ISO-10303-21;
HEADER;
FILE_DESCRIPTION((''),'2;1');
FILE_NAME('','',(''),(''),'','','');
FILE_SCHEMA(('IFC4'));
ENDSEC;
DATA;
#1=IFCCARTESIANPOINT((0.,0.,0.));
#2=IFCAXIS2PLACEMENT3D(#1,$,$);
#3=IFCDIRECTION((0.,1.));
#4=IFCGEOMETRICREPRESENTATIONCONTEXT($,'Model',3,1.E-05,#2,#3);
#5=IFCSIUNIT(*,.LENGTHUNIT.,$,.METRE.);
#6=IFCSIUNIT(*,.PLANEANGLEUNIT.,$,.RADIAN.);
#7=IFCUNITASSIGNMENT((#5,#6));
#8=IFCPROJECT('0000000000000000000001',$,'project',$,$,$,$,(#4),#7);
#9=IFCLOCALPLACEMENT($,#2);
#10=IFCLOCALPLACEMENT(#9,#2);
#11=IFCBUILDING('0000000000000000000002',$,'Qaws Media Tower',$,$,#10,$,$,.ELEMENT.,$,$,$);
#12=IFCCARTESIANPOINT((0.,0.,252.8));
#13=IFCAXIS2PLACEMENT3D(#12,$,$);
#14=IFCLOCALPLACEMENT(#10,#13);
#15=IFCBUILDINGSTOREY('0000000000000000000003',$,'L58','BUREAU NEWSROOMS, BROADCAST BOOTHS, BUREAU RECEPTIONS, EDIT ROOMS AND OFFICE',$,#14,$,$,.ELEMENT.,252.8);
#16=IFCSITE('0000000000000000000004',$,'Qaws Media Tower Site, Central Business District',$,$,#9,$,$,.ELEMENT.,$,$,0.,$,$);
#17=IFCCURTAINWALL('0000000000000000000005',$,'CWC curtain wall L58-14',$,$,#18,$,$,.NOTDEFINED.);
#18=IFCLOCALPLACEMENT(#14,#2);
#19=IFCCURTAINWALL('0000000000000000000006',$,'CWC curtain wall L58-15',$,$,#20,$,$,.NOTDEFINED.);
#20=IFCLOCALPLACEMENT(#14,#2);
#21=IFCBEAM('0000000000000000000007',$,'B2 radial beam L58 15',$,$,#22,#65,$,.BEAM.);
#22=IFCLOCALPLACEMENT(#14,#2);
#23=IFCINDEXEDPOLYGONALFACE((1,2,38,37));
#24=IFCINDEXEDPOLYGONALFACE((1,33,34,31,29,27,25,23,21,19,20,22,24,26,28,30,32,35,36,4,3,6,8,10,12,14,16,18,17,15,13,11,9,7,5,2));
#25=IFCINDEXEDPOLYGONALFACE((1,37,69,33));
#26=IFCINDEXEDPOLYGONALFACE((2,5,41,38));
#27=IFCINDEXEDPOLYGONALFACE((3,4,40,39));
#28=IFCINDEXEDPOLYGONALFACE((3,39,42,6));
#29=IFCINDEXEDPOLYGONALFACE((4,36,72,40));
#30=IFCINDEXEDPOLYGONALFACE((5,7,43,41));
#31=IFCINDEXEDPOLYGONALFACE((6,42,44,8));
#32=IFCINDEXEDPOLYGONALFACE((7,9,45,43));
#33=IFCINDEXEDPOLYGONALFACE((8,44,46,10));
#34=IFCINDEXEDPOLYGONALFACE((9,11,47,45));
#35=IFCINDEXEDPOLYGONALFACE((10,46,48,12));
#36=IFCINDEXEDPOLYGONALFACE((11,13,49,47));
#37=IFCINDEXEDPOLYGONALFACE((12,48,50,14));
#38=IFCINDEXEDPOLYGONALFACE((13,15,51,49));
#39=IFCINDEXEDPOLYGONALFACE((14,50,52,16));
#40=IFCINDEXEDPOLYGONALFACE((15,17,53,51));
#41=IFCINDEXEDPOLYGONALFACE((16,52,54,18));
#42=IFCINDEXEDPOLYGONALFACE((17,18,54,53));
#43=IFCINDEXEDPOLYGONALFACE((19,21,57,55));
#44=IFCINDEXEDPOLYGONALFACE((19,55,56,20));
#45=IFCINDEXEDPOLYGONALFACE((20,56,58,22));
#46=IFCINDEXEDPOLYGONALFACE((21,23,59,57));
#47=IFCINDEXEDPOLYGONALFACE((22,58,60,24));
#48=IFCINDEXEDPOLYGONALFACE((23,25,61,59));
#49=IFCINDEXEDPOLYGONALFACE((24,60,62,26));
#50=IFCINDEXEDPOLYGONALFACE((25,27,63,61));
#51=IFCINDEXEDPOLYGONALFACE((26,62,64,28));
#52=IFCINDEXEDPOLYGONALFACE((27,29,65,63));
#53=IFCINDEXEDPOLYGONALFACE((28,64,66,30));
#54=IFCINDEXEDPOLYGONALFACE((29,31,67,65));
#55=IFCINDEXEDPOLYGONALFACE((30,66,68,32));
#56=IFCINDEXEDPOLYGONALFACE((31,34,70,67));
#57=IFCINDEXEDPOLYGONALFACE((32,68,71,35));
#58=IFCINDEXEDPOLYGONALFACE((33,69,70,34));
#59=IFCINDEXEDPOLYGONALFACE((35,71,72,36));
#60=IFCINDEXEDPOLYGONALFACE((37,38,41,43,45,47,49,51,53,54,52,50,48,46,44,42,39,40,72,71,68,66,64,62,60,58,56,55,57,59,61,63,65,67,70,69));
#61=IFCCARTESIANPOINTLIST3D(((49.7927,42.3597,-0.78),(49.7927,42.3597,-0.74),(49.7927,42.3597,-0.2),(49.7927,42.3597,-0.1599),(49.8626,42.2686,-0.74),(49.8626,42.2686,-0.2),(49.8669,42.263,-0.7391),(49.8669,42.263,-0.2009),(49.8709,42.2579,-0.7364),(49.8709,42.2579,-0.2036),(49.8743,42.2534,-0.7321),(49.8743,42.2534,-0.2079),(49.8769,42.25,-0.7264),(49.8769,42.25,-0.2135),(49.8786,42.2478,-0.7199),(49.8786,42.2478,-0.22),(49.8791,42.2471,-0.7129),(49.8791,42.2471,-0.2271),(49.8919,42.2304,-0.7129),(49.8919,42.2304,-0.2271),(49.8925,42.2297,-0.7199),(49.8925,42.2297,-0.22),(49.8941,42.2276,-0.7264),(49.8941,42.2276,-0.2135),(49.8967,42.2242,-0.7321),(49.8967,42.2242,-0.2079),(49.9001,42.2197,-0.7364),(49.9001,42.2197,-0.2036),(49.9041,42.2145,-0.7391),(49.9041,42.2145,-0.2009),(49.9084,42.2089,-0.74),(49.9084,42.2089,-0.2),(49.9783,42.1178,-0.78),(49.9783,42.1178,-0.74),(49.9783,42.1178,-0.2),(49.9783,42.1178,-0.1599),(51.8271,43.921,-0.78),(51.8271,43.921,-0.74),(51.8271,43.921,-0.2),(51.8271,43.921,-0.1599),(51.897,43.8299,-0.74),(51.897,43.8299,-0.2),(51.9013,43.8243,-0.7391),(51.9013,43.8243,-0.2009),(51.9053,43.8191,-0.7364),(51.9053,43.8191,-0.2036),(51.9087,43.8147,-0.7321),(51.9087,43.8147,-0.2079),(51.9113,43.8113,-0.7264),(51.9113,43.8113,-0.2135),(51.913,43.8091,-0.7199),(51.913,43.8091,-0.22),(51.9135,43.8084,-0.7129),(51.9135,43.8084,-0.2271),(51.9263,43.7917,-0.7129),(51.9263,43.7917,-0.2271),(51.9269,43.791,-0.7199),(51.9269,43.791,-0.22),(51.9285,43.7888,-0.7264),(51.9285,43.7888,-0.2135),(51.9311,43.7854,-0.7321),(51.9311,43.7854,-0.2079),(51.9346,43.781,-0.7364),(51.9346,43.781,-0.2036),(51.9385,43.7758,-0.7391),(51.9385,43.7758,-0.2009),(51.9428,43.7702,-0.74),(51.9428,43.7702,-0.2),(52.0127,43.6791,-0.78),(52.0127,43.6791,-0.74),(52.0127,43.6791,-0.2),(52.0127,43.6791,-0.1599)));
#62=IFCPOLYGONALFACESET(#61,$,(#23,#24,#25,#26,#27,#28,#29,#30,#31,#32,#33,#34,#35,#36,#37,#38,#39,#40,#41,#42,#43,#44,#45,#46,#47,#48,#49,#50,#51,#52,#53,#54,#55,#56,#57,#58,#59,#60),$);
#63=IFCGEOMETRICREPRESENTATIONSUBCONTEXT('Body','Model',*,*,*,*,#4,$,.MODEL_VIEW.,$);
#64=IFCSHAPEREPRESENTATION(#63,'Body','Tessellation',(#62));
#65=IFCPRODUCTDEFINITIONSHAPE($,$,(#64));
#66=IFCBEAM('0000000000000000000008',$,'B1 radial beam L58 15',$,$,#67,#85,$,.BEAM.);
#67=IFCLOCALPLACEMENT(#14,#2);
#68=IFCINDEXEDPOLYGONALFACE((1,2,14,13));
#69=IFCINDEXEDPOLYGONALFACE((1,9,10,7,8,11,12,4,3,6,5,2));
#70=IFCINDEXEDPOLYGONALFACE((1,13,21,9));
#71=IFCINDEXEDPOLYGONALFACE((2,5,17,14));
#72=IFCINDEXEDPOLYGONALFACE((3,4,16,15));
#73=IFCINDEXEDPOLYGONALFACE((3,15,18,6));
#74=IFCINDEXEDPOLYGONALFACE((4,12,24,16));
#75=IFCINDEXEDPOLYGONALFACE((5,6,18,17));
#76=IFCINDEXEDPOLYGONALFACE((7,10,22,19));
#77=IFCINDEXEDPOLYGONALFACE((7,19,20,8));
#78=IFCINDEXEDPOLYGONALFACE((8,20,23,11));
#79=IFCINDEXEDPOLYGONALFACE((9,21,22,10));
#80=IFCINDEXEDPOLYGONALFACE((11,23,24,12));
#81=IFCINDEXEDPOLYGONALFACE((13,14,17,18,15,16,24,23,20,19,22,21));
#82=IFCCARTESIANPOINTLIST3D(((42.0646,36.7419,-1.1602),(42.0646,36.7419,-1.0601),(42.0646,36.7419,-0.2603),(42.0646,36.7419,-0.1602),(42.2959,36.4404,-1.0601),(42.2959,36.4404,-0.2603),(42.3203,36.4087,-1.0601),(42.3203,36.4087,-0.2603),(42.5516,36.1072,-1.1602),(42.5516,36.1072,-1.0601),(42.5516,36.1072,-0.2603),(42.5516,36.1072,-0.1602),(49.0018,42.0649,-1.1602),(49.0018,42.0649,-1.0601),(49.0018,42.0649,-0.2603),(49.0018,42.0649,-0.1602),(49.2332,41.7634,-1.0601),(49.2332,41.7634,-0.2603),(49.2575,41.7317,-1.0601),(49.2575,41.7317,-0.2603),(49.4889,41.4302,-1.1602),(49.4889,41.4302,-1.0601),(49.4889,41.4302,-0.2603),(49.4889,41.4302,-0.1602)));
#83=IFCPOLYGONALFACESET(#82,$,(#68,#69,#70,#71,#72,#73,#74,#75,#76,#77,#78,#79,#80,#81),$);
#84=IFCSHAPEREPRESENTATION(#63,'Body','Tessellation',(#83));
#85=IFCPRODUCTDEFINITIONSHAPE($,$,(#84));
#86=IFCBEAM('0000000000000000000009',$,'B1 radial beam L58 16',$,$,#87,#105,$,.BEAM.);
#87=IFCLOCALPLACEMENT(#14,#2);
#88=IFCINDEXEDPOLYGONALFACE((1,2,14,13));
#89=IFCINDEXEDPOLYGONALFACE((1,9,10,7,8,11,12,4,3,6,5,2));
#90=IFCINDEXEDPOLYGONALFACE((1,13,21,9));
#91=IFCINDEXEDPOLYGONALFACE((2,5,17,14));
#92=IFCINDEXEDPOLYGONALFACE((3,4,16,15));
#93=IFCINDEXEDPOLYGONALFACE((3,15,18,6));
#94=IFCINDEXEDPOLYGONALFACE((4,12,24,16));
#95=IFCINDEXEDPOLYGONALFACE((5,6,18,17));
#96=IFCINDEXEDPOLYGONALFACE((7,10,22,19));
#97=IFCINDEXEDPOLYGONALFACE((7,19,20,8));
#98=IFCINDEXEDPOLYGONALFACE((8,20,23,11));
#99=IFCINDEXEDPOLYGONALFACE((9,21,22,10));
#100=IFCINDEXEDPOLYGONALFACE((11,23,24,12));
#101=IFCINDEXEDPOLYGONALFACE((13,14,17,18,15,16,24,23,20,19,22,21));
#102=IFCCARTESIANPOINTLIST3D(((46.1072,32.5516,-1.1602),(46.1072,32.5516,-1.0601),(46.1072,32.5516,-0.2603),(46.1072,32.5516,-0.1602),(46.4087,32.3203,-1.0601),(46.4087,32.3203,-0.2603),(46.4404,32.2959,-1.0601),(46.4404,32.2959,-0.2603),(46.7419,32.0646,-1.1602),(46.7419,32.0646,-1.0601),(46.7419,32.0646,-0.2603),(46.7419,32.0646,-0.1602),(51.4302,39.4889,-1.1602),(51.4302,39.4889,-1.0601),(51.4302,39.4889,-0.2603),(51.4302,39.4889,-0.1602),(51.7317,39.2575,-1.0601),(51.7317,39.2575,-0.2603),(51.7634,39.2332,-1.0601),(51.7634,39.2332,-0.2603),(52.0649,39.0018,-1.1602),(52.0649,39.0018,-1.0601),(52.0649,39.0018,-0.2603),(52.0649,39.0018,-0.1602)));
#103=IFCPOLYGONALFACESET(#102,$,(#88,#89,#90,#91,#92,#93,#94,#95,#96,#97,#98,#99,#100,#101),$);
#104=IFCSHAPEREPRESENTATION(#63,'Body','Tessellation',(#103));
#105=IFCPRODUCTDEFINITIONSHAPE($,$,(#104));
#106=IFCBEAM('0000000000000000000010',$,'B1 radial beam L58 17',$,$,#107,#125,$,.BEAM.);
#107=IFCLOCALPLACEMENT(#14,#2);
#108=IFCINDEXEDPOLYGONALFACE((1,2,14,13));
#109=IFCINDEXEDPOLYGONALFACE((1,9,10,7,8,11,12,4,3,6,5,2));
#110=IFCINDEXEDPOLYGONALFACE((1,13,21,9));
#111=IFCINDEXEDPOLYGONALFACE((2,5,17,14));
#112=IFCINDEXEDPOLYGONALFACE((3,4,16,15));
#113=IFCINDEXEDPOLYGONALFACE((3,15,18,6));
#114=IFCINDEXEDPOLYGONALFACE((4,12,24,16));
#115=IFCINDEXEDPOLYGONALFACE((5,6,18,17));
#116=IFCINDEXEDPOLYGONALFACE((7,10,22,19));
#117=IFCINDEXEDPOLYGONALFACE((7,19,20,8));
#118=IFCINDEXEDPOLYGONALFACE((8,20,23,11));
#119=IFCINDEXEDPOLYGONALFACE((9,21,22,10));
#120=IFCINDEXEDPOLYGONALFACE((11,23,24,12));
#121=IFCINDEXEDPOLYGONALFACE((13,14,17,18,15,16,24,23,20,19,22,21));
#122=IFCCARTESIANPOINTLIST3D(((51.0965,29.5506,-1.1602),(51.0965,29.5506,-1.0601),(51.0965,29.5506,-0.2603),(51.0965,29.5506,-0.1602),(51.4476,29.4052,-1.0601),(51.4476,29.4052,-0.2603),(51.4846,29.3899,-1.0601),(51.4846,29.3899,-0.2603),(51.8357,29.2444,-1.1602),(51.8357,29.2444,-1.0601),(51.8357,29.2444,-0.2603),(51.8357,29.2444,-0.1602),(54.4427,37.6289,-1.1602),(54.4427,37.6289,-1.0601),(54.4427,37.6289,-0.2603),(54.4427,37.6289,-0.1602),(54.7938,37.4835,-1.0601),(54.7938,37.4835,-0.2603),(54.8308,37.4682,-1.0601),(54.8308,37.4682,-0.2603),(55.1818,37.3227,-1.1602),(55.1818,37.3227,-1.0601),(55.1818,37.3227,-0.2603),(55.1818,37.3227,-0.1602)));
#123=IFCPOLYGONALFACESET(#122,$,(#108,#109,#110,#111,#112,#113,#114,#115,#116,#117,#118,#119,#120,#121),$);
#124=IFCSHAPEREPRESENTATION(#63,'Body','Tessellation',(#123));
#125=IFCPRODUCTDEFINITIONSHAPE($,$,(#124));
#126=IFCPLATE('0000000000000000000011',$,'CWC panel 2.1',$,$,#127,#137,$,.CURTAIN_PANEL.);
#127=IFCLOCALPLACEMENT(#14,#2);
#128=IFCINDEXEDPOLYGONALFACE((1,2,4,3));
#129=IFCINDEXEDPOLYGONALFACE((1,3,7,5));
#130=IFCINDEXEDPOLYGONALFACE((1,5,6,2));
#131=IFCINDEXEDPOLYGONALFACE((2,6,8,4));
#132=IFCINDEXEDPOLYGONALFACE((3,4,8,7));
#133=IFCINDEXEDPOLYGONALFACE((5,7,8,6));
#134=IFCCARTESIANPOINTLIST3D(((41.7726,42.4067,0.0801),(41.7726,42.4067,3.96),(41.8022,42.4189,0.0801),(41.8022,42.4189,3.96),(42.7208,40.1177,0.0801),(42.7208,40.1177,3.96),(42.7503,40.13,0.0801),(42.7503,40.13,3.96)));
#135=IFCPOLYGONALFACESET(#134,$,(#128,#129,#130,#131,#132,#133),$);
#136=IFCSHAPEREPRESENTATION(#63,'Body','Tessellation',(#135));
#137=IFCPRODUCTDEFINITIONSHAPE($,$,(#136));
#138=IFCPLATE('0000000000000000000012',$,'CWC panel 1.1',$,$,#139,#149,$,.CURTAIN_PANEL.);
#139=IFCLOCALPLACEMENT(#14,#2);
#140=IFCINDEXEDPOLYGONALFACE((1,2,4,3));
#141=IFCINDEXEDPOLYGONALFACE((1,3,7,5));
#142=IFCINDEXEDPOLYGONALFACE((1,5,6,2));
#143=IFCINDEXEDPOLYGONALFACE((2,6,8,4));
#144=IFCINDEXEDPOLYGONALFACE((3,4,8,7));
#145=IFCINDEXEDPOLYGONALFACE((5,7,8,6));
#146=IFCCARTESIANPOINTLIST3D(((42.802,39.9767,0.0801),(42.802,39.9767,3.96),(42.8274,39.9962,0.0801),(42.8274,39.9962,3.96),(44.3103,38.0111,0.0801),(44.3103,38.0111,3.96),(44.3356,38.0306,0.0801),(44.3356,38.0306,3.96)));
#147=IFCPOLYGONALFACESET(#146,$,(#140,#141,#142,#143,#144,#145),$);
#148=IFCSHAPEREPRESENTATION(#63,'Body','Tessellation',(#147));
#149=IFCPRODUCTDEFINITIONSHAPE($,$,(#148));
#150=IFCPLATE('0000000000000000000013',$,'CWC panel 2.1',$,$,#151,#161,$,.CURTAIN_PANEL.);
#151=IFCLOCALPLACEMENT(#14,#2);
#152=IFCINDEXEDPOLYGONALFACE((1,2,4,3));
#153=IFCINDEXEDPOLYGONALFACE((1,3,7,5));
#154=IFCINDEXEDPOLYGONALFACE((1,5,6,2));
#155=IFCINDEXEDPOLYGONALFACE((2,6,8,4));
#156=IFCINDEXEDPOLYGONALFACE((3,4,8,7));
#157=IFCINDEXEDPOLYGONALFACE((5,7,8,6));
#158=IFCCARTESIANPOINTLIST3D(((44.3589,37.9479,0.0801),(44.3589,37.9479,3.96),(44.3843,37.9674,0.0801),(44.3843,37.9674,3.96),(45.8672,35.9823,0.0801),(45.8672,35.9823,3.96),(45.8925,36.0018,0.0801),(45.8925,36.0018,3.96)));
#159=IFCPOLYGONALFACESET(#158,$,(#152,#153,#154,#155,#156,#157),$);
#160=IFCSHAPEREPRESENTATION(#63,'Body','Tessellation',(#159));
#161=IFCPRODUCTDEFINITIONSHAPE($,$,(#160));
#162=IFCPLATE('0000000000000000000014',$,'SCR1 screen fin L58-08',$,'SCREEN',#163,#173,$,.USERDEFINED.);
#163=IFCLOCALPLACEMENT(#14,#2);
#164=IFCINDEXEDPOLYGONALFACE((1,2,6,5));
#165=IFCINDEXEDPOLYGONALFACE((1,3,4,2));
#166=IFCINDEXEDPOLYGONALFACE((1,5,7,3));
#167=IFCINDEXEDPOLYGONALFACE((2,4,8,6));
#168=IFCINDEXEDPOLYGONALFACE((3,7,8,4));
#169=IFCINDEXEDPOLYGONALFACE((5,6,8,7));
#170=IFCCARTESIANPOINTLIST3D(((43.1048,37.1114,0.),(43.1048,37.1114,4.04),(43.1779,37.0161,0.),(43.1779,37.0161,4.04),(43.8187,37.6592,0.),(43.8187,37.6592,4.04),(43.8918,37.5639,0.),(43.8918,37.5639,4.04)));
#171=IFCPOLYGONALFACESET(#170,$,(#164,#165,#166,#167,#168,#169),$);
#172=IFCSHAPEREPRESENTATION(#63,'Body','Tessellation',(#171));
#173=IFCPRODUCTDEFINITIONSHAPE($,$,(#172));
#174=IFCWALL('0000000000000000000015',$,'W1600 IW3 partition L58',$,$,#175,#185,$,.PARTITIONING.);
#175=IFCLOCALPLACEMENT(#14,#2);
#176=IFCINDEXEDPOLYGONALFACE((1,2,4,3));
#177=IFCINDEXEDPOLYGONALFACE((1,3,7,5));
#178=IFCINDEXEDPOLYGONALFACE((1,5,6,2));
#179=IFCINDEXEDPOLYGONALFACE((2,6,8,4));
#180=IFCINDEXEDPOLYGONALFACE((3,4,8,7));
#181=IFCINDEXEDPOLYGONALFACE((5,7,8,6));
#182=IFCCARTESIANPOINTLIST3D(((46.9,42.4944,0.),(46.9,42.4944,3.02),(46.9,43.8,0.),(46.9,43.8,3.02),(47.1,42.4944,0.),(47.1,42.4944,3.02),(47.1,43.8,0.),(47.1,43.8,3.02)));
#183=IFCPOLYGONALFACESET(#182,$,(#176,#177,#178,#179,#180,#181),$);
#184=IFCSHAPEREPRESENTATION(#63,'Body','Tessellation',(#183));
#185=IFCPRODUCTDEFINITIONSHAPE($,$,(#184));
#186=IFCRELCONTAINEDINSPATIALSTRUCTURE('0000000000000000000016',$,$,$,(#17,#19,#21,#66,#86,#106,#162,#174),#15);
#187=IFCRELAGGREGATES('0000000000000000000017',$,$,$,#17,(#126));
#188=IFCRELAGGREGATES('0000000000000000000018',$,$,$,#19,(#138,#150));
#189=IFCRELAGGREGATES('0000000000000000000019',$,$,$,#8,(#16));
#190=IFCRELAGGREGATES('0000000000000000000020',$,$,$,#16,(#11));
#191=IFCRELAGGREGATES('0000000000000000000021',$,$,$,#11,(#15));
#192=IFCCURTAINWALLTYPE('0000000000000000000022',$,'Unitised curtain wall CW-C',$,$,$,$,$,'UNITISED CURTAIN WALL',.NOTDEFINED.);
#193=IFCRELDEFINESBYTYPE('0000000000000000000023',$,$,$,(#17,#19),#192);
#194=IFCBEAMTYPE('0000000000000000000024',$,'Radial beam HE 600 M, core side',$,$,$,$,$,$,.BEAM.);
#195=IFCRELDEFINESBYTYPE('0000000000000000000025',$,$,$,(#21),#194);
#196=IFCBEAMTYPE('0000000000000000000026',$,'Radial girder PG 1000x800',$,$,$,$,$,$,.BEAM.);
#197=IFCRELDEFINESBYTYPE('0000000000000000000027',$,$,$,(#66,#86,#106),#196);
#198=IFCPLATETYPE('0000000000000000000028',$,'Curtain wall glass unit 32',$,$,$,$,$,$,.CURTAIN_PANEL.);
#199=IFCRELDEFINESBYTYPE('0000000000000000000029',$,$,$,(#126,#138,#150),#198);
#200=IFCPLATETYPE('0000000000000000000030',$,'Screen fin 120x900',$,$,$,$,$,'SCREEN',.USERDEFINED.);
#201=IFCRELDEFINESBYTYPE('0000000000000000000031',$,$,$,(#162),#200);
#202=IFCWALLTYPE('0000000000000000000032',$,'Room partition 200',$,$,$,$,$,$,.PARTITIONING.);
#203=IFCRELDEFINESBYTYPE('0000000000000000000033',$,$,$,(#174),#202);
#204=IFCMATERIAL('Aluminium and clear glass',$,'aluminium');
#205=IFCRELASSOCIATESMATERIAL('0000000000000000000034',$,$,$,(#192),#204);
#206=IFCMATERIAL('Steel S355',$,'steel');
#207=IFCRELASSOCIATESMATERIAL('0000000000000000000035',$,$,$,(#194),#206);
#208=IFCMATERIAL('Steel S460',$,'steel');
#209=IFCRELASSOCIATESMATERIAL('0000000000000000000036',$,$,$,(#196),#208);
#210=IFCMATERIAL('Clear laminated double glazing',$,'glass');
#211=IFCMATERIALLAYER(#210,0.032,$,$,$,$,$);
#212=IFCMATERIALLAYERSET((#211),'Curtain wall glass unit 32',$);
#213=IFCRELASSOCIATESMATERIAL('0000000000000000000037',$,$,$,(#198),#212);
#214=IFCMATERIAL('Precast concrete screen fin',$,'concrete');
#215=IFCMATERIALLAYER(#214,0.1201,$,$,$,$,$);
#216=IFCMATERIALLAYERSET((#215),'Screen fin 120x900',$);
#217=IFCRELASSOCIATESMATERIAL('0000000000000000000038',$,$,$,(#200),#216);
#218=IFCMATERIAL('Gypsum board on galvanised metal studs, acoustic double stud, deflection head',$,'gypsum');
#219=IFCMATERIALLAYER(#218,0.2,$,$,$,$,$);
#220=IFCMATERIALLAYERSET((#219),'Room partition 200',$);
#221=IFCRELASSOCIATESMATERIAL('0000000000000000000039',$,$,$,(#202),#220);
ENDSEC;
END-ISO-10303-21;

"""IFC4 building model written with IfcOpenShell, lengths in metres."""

from ifc_helpers import new_model, si_unit, direction, frame, frame_2d, origin, origin_2d, place, context, subcontext, project, spatial, rectangle, i_section, extrude, material, layer, layer_set, material_profile, profile_set, type_object, element, aggregate, save


model = new_model("IFC4")

# Units and contexts
model_context = context("Model", 3, precision=1e-05, world=origin(), true_north=direction((0.0, 1.0)))
body_context = subcontext(model_context, "Body", "Model", "MODEL_VIEW")
ifc_project = project(units=[si_unit("LENGTHUNIT", "METRE"), si_unit("PLANEANGLEUNIT", "RADIAN")], contexts=[model_context])

# Site, building, storey
site_placement = place(None, origin())
site = spatial("IfcSite", under=ifc_project, at=site_placement, Name="Qaws Media Tower Site, Central Business District", CompositionType="ELEMENT", RefElevation=0.0)
building_placement = place(site_placement, origin())
building = spatial("IfcBuilding", under=site, at=building_placement, Name="Qaws Media Tower", CompositionType="ELEMENT")
storey_placement = place(building_placement, frame((0.0, 0.0, 252.8)))
storey = spatial("IfcBuildingStorey", under=building, at=storey_placement, Name="L58", Description="BUREAU NEWSROOMS, BROADCAST BOOTHS, BUREAU RECEPTIONS, EDIT ROOMS AND OFFICE", CompositionType="ELEMENT", Elevation=252.8)

# Curtain wall
ifc_material_1 = material(Name="Aluminium and clear glass", Category="aluminium")
curtain_wall_type = type_object("IfcCurtainWallType", Name="Unitised curtain wall CW-C", ElementType="UNITISED CURTAIN WALL", PredefinedType="NOTDEFINED", material=ifc_material_1)
curtain_wall_1_placement = place(storey_placement, origin())
curtain_wall_1 = element("IfcCurtainWall", 1, at=curtain_wall_1_placement, inside=storey, type_object=curtain_wall_type, Name="CWC curtain wall L58-14", PredefinedType="NOTDEFINED")

# Curtain wall
curtain_wall_2_placement = place(storey_placement, origin())
curtain_wall_2 = element("IfcCurtainWall", 2, at=curtain_wall_2_placement, inside=storey, type_object=curtain_wall_type, Name="CWC curtain wall L58-15", PredefinedType="NOTDEFINED")

# Beams
ifc_material_2 = material(Name="Steel S355", Category="steel")
ifc_material_profile_1 = material_profile(ifc_material_2, i_section(OverallWidth=0.3049, OverallDepth=0.6201, WebThickness=0.021, FlangeThickness=0.04, FilletRadius=0.0271, at=origin_2d()), Name="HE 600 M")
ifc_profile_set_1 = profile_set([ifc_material_profile_1], Name="Steel S355")
beam_type_1 = type_object("IfcBeamType", Name="Radial beam HE 600 M, core side", PredefinedType="BEAM", material=ifc_profile_set_1)
beam_1_placement = place(storey_placement, frame((51.9199, 43.8, -0.47), z_axis=(-0.793314, -0.608813, 0.0), x_axis=(0.608813, -0.793314, 0.0)))
element("IfcBeam", 3, at=beam_1_placement, inside=storey, type_object=beam_type_1, Name="B2 radial beam L58 15", PredefinedType="BEAM", context=body_context, shape_type="SweptSolid", body=[
    extrude(i_section(OverallWidth=0.3049, OverallDepth=0.6201, WebThickness=0.021, FlangeThickness=0.04, FilletRadius=0.0271, at=origin_2d()), origin(), (0.0, 0.0, 1.0), 2.5645),
])
ifc_material_3 = material(Name="Steel S460", Category="steel")
ifc_material_profile_2 = material_profile(ifc_material_3, i_section(OverallWidth=0.8, OverallDepth=1.0, WebThickness=0.04, FlangeThickness=0.1001, at=origin_2d()), Name="PG 1000x800")
ifc_profile_set_2 = profile_set([ifc_material_profile_2], Name="Steel S460")
beam_type_2 = type_object("IfcBeamType", Name="Radial girder PG 1000x800", PredefinedType="BEAM", material=ifc_profile_set_2)
for number, where, z_axis, x_axis, name in (
    (4, (49.2454, 41.7476, -0.6602), (-0.793361, -0.608751, 0.0), (0.608751, -0.793361, 0.0), "B1 radial beam L58 15"),
    (5, (51.7476, 39.2454, -0.6602), (-0.608751, -0.793361, 0.0), (0.793361, -0.608751, 0.0), "B1 radial beam L58 16"),
):
    element("IfcBeam", number, at=place(storey_placement, frame(where, z_axis=z_axis, x_axis=x_axis)), inside=storey, type_object=beam_type_2, Name=name, PredefinedType="BEAM", context=body_context, shape_type="SweptSolid", body=[
        extrude(i_section(OverallWidth=0.8, OverallDepth=1.0, WebThickness=0.04, FlangeThickness=0.1001, at=origin_2d()), origin(), (0.0, 0.0, 1.0), 8.7441),
    ])
beam_2_placement = place(storey_placement, frame((54.8123, 37.4758, -0.6602), z_axis=(-0.382686, -0.923879, 0.0), x_axis=(0.923879, -0.382686, 0.0)))
element("IfcBeam", 6, at=beam_2_placement, inside=storey, type_object=beam_type_2, Name="B1 radial beam L58 17", PredefinedType="BEAM", context=body_context, shape_type="SweptSolid", body=[
    extrude(i_section(OverallWidth=0.8, OverallDepth=1.0, WebThickness=0.04, FlangeThickness=0.1001, at=origin_2d()), origin(), (0.0, 0.0, 1.0), 8.7439),
])

# Plates
ifc_material_4 = material(Name="Clear laminated double glazing", Category="glass")
ifc_layer_1 = layer(ifc_material_4, 0.032)
ifc_layer_set_1 = layer_set([ifc_layer_1], Name="Curtain wall glass unit 32")
plate_type_1 = type_object("IfcPlateType", Name="Curtain wall glass unit 32", PredefinedType="CURTAIN_PANEL", material=ifc_layer_set_1)
plate_1_placement = place(storey_placement, frame((42.2615, 41.2683, 0.0801), z_axis=(0.0, 0.0, 1.0), x_axis=(0.382683, -0.92388, 0.0)))
plate_1 = element("IfcPlate", 7, at=plate_1_placement, type_object=plate_type_1, Name="CWC panel 2.1", PredefinedType="CURTAIN_PANEL", context=body_context, shape_type="SweptSolid", body=[
    extrude(rectangle(XDim=2.4775, YDim=0.032, at=origin_2d()), origin(), (0.0, 0.0, 1.0), 3.8799),
])
aggregate(curtain_wall_1, [plate_1])
plate_2_placement = place(storey_placement, frame((43.5688, 39.0037, 0.0801), z_axis=(0.0, 0.0, 1.0), x_axis=(0.608761, -0.793353, 0.0)))
plate_2 = element("IfcPlate", 8, at=plate_2_placement, type_object=plate_type_1, Name="CWC panel 1.1", PredefinedType="CURTAIN_PANEL", context=body_context, shape_type="SweptSolid", body=[
    extrude(rectangle(XDim=2.4775, YDim=0.032, at=origin_2d()), origin(), (0.0, 0.0, 1.0), 3.8799),
])
plate_3_placement = place(storey_placement, frame((45.1257, 36.9749, 0.0801), z_axis=(0.0, 0.0, 1.0), x_axis=(0.608761, -0.793353, 0.0)))
plate_3 = element("IfcPlate", 9, at=plate_3_placement, type_object=plate_type_1, Name="CWC panel 2.1", PredefinedType="CURTAIN_PANEL", context=body_context, shape_type="SweptSolid", body=[
    extrude(rectangle(XDim=2.4775, YDim=0.032, at=origin_2d()), origin(), (0.0, 0.0, 1.0), 3.8799),
])
aggregate(curtain_wall_2, [plate_2, plate_3])
ifc_material_5 = material(Name="Precast concrete screen fin", Category="concrete")
ifc_layer_2 = layer(ifc_material_5, 0.1201)
ifc_layer_set_2 = layer_set([ifc_layer_2], Name="Screen fin 120x900")
plate_type_2 = type_object("IfcPlateType", Name="Screen fin 120x900", ElementType="SCREEN", PredefinedType="USERDEFINED", material=ifc_layer_set_2)
plate_4_placement = place(storey_placement, frame((43.4983, 37.3376, 0.0), z_axis=(0.0, 0.0, 1.0), x_axis=(-0.793353, -0.608761, 0.0)))
element("IfcPlate", 10, at=plate_4_placement, inside=storey, type_object=plate_type_2, Name="SCR1 screen fin L58-08", ObjectType="SCREEN", PredefinedType="USERDEFINED", context=body_context, shape_type="SweptSolid", body=[
    extrude(rectangle(XDim=0.8999, YDim=0.1201, at=origin_2d()), origin(), (0.0, 0.0, 1.0), 4.04),
])

# Wall
ifc_material_6 = material(Name="Gypsum board on galvanised metal studs, acoustic double stud, deflection head", Category="gypsum")
ifc_layer_3 = layer(ifc_material_6, 0.2)
ifc_layer_set_3 = layer_set([ifc_layer_3], Name="Room partition 200")
wall_type = type_object("IfcWallType", Name="Room partition 200", PredefinedType="PARTITIONING", material=ifc_layer_set_3)
wall_1_placement = place(storey_placement, frame((47.0, 43.8, 0.0), z_axis=(0.0, 0.0, 1.0), x_axis=(0.0, -1.0, 0.0)))
element("IfcWall", 11, at=wall_1_placement, inside=storey, type_object=wall_type, Name="W1600 IW3 partition L58", PredefinedType="PARTITIONING", context=body_context, shape_type="SweptSolid", body=[
    extrude(rectangle(XDim=1.3057, YDim=0.2, at=frame_2d((0.6528, 0.0))), origin(), (0.0, 0.0, 1.0), 3.02),
])

save(model, "model.ifc")
